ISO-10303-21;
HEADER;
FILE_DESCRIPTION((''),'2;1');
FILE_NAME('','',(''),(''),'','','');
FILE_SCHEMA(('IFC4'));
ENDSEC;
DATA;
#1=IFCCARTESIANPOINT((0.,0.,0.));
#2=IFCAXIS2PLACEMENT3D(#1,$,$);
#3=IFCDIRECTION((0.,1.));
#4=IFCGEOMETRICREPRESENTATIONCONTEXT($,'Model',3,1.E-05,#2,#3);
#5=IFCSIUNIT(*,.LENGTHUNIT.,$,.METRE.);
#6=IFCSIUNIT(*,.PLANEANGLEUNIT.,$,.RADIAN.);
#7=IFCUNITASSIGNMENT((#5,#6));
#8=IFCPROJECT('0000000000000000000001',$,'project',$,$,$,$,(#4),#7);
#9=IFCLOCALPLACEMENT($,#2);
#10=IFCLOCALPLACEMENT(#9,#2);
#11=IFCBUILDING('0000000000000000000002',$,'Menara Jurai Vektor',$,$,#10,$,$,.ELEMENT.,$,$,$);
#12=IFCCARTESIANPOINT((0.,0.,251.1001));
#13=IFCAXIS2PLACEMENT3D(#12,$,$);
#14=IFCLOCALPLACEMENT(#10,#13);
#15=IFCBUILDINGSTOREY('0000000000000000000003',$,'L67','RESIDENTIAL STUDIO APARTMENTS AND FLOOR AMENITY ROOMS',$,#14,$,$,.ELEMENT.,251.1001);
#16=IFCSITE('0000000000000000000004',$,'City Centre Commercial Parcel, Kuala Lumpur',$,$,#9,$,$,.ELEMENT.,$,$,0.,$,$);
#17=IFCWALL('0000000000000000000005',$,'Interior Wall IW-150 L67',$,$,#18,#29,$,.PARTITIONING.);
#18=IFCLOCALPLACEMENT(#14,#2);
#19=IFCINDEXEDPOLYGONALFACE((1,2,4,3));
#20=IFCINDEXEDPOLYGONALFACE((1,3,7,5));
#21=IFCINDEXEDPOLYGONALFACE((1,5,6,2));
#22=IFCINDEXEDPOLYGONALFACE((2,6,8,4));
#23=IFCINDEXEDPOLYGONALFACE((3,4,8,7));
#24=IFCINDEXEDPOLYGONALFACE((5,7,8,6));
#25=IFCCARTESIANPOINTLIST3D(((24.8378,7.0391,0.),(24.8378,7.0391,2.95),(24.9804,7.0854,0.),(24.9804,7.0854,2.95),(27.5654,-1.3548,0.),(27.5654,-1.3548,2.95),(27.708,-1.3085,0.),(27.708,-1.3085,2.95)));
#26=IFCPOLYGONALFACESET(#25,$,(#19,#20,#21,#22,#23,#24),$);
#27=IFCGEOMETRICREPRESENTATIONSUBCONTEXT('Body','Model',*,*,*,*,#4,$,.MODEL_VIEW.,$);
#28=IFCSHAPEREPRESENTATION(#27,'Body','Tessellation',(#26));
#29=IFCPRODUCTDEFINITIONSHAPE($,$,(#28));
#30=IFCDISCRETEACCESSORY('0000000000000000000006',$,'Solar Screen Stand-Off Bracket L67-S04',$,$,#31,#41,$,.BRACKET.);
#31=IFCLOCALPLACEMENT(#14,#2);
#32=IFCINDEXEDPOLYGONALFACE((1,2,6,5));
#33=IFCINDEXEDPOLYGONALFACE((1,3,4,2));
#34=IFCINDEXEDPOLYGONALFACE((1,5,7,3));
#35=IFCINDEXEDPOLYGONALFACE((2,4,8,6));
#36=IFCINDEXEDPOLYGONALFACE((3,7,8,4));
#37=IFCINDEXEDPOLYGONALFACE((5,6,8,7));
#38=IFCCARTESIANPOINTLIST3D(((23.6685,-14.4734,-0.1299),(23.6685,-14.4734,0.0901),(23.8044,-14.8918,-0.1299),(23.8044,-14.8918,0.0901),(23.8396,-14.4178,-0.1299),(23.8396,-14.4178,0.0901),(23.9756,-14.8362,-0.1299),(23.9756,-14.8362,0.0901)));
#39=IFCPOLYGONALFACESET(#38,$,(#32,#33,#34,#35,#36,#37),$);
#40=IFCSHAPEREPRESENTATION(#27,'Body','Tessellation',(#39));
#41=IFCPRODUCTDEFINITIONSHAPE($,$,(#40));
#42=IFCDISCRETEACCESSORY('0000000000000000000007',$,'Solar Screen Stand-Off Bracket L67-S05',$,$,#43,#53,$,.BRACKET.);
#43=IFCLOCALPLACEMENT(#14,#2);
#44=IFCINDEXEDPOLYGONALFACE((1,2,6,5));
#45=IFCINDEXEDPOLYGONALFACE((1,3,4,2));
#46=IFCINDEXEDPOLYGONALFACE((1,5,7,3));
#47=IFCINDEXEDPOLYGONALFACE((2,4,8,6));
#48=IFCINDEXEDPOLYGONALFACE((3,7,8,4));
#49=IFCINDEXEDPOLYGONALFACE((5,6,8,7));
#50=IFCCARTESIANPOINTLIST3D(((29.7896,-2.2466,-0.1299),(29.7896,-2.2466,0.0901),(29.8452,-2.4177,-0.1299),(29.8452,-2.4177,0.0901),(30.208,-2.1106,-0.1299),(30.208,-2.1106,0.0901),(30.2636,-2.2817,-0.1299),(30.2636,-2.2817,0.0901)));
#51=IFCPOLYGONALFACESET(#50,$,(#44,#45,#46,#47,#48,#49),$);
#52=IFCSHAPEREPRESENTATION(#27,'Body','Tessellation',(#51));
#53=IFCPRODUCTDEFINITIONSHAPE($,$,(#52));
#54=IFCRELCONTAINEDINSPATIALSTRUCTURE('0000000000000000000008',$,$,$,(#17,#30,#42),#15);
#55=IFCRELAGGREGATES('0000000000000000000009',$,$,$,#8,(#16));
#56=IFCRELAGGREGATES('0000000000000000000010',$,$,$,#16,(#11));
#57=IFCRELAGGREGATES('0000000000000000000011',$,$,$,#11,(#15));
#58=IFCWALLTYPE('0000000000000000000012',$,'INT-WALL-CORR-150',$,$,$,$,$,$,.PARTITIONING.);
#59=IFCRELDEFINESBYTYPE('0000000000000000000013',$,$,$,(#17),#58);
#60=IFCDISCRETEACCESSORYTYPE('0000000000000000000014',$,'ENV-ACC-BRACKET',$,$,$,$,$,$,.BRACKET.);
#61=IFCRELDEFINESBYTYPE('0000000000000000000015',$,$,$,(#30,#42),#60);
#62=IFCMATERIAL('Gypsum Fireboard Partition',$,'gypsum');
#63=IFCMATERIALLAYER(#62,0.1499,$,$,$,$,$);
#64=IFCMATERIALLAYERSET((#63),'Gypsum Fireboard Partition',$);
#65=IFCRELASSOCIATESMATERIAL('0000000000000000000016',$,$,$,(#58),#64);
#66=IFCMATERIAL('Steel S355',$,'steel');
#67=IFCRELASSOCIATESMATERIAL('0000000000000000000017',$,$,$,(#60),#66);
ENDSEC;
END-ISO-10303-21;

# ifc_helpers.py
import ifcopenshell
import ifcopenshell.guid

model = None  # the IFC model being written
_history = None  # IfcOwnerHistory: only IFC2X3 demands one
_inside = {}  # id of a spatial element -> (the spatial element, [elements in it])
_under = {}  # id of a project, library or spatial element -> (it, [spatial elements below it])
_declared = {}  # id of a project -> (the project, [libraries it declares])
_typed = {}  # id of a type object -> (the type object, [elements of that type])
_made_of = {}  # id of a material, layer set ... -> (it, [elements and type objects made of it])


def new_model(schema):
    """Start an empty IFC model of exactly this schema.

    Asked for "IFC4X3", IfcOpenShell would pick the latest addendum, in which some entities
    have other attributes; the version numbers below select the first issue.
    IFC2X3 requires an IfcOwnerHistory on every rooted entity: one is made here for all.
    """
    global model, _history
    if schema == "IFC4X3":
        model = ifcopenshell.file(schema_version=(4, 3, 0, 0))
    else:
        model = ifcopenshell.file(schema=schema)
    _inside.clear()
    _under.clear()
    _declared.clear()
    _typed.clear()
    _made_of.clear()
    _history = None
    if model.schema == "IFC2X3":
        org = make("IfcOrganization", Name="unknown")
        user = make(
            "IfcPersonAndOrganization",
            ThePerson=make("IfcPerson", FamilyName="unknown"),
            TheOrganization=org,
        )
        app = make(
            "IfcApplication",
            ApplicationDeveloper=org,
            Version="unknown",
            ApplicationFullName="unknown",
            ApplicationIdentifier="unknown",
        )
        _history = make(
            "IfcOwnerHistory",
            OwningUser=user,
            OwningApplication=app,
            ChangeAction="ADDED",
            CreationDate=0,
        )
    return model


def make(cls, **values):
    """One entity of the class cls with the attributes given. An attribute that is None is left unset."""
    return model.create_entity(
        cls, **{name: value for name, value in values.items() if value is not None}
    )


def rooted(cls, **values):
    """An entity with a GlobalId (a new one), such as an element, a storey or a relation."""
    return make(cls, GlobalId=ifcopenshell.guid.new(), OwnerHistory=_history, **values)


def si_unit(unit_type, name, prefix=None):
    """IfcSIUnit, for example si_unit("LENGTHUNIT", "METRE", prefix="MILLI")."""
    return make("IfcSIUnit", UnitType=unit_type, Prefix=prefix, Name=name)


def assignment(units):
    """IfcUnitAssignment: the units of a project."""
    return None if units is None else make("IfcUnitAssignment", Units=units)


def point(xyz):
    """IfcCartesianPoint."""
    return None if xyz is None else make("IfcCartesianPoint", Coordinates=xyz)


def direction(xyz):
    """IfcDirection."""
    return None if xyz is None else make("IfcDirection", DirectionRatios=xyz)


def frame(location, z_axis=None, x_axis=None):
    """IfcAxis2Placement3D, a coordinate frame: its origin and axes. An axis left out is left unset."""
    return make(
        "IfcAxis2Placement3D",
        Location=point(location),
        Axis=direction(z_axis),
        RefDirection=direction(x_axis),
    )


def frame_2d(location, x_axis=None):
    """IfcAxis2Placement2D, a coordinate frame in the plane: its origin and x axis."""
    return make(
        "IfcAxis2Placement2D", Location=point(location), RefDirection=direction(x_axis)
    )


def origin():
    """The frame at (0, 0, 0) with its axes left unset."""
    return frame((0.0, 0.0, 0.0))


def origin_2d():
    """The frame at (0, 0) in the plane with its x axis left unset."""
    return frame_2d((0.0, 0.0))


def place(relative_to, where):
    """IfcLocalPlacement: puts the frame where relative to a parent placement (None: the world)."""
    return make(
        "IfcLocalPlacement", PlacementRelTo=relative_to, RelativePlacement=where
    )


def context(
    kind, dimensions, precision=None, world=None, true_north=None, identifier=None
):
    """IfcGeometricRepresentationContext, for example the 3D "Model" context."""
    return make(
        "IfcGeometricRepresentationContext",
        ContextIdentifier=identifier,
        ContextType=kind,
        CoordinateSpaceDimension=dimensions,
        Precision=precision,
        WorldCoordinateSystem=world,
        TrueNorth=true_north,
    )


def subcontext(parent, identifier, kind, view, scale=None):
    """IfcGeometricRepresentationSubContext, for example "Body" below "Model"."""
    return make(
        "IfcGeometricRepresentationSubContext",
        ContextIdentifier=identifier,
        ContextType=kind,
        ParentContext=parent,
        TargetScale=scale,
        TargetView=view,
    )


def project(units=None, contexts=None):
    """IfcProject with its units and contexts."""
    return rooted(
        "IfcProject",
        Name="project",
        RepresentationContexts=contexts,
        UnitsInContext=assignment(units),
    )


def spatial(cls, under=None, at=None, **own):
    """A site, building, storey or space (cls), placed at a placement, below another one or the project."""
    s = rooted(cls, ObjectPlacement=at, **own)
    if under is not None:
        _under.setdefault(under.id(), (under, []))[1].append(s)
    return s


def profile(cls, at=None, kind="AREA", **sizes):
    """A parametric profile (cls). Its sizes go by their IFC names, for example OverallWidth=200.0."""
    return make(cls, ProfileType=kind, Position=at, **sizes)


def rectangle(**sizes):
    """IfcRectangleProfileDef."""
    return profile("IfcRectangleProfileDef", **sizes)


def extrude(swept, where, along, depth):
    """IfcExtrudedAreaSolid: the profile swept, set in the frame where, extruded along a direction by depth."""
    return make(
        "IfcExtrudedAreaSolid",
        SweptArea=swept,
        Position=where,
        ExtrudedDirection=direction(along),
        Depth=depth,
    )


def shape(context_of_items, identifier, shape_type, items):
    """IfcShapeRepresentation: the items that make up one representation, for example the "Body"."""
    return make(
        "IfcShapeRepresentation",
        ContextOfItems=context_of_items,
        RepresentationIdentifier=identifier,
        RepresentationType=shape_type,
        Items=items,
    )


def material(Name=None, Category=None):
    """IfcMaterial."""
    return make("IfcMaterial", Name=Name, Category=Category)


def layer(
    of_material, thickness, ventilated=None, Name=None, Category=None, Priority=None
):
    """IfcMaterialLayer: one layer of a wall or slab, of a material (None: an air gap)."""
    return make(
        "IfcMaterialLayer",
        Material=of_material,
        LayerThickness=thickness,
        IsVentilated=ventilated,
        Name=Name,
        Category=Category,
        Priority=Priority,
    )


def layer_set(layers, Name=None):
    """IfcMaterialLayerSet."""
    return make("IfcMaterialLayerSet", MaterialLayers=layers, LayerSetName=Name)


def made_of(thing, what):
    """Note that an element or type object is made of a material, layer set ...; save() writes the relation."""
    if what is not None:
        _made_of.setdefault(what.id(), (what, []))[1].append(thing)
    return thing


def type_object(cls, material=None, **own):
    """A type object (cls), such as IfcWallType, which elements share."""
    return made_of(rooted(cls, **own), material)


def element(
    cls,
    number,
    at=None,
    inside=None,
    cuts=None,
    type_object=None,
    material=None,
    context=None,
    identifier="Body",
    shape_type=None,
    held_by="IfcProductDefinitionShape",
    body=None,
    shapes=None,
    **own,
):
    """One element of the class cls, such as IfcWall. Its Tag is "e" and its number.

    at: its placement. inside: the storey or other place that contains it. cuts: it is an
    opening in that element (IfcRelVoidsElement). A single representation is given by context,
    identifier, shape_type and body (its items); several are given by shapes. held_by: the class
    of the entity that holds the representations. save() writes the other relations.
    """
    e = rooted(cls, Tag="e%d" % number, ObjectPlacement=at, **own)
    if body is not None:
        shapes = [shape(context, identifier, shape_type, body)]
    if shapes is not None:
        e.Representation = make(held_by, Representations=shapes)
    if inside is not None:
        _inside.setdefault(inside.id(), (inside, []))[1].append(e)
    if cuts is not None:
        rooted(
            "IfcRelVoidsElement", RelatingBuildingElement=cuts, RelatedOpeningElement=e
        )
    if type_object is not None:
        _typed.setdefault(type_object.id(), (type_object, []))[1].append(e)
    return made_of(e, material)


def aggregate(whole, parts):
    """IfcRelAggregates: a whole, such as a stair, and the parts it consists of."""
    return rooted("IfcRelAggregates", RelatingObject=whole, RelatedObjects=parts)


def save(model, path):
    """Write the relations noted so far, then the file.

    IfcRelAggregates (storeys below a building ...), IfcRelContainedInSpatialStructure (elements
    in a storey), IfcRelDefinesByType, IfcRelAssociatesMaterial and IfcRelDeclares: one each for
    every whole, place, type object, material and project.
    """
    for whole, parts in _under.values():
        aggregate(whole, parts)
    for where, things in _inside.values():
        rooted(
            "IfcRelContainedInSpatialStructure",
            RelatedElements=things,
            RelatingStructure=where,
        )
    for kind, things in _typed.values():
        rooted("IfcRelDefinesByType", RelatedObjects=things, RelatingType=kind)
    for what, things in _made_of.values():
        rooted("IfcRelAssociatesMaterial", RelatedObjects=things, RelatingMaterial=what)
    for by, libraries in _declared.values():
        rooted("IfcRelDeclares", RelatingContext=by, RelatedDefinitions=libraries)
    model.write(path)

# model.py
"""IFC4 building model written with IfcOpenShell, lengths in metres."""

from ifc_helpers import new_model, si_unit, direction, frame, frame_2d, origin, origin_2d, place, context, subcontext, project, spatial, rectangle, extrude, material, layer, layer_set, type_object, element, save


model = new_model("IFC4")

# Units and contexts
model_context = context("Model", 3, precision=1e-05, world=origin(), true_north=direction((0.0, 1.0)))
body_context = subcontext(model_context, "Body", "Model", "MODEL_VIEW")
ifc_project = project(units=[si_unit("LENGTHUNIT", "METRE"), si_unit("PLANEANGLEUNIT", "RADIAN")], contexts=[model_context])

# Site, building, storey
site_placement = place(None, origin())
site = spatial("IfcSite", under=ifc_project, at=site_placement, Name="City Centre Commercial Parcel, Kuala Lumpur", CompositionType="ELEMENT", RefElevation=0.0)
building_placement = place(site_placement, origin())
building = spatial("IfcBuilding", under=site, at=building_placement, Name="Menara Jurai Vektor", CompositionType="ELEMENT")
storey_placement = place(building_placement, frame((0.0, 0.0, 251.1001)))
storey = spatial("IfcBuildingStorey", under=building, at=storey_placement, Name="L67", Description="RESIDENTIAL STUDIO APARTMENTS AND FLOOR AMENITY ROOMS", CompositionType="ELEMENT", Elevation=251.1001)

# Shared definitions
ifc_material_1 = material(Name="Steel S355", Category="steel")

# Wall
ifc_material_2 = material(Name="Gypsum Fireboard Partition", Category="gypsum")
ifc_layer_1 = layer(ifc_material_2, 0.1499)
ifc_layer_set_1 = layer_set([ifc_layer_1], Name="Gypsum Fireboard Partition")
wall_type = type_object("IfcWallType", Name="INT-WALL-CORR-150", PredefinedType="PARTITIONING", material=ifc_layer_set_1)
wall_placement = place(storey_placement, frame((27.6367, -1.3318, 0.0), z_axis=(0.0, 0.0, 1.0), x_axis=(-0.30904, 0.951049, 0.0)))
element("IfcWall", 1, at=wall_placement, inside=storey, type_object=wall_type, Name="Interior Wall IW-150 L67", PredefinedType="PARTITIONING", context=body_context, shape_type="SweptSolid", body=[
    extrude(rectangle(XDim=8.8259, YDim=0.1499, at=frame_2d((4.4131, 0.0))), origin(), (0.0, 0.0, 1.0), 2.95),
])

# Discrete accessories
discrete_accessory_type = type_object("IfcDiscreteAccessoryType", Name="ENV-ACC-BRACKET", PredefinedType="BRACKET", material=ifc_material_1)
for number, where, z_axis, x_axis, name in (
    (2, (23.822, -14.6548, -0.1299), (0.0, 0.0, 1.0), (0.951057, 0.309017, 0.0), "Solar Screen Stand-Off Bracket L67-S04"),
    (3, (30.0266, -2.2642, -0.1299), (0.0, 0.0, 1.0), (-0.309017, 0.951057, 0.0), "Solar Screen Stand-Off Bracket L67-S05"),
):
    element("IfcDiscreteAccessory", number, at=place(storey_placement, frame(where, z_axis=z_axis, x_axis=x_axis)), inside=storey, type_object=discrete_accessory_type, Name=name, PredefinedType="BRACKET", context=body_context, shape_type="SweptSolid", body=[
        extrude(rectangle(XDim=0.1799, YDim=0.4399, at=origin_2d()), origin(), (0.0, 0.0, 1.0), 0.22),
    ])

save(model, "model.ifc")
